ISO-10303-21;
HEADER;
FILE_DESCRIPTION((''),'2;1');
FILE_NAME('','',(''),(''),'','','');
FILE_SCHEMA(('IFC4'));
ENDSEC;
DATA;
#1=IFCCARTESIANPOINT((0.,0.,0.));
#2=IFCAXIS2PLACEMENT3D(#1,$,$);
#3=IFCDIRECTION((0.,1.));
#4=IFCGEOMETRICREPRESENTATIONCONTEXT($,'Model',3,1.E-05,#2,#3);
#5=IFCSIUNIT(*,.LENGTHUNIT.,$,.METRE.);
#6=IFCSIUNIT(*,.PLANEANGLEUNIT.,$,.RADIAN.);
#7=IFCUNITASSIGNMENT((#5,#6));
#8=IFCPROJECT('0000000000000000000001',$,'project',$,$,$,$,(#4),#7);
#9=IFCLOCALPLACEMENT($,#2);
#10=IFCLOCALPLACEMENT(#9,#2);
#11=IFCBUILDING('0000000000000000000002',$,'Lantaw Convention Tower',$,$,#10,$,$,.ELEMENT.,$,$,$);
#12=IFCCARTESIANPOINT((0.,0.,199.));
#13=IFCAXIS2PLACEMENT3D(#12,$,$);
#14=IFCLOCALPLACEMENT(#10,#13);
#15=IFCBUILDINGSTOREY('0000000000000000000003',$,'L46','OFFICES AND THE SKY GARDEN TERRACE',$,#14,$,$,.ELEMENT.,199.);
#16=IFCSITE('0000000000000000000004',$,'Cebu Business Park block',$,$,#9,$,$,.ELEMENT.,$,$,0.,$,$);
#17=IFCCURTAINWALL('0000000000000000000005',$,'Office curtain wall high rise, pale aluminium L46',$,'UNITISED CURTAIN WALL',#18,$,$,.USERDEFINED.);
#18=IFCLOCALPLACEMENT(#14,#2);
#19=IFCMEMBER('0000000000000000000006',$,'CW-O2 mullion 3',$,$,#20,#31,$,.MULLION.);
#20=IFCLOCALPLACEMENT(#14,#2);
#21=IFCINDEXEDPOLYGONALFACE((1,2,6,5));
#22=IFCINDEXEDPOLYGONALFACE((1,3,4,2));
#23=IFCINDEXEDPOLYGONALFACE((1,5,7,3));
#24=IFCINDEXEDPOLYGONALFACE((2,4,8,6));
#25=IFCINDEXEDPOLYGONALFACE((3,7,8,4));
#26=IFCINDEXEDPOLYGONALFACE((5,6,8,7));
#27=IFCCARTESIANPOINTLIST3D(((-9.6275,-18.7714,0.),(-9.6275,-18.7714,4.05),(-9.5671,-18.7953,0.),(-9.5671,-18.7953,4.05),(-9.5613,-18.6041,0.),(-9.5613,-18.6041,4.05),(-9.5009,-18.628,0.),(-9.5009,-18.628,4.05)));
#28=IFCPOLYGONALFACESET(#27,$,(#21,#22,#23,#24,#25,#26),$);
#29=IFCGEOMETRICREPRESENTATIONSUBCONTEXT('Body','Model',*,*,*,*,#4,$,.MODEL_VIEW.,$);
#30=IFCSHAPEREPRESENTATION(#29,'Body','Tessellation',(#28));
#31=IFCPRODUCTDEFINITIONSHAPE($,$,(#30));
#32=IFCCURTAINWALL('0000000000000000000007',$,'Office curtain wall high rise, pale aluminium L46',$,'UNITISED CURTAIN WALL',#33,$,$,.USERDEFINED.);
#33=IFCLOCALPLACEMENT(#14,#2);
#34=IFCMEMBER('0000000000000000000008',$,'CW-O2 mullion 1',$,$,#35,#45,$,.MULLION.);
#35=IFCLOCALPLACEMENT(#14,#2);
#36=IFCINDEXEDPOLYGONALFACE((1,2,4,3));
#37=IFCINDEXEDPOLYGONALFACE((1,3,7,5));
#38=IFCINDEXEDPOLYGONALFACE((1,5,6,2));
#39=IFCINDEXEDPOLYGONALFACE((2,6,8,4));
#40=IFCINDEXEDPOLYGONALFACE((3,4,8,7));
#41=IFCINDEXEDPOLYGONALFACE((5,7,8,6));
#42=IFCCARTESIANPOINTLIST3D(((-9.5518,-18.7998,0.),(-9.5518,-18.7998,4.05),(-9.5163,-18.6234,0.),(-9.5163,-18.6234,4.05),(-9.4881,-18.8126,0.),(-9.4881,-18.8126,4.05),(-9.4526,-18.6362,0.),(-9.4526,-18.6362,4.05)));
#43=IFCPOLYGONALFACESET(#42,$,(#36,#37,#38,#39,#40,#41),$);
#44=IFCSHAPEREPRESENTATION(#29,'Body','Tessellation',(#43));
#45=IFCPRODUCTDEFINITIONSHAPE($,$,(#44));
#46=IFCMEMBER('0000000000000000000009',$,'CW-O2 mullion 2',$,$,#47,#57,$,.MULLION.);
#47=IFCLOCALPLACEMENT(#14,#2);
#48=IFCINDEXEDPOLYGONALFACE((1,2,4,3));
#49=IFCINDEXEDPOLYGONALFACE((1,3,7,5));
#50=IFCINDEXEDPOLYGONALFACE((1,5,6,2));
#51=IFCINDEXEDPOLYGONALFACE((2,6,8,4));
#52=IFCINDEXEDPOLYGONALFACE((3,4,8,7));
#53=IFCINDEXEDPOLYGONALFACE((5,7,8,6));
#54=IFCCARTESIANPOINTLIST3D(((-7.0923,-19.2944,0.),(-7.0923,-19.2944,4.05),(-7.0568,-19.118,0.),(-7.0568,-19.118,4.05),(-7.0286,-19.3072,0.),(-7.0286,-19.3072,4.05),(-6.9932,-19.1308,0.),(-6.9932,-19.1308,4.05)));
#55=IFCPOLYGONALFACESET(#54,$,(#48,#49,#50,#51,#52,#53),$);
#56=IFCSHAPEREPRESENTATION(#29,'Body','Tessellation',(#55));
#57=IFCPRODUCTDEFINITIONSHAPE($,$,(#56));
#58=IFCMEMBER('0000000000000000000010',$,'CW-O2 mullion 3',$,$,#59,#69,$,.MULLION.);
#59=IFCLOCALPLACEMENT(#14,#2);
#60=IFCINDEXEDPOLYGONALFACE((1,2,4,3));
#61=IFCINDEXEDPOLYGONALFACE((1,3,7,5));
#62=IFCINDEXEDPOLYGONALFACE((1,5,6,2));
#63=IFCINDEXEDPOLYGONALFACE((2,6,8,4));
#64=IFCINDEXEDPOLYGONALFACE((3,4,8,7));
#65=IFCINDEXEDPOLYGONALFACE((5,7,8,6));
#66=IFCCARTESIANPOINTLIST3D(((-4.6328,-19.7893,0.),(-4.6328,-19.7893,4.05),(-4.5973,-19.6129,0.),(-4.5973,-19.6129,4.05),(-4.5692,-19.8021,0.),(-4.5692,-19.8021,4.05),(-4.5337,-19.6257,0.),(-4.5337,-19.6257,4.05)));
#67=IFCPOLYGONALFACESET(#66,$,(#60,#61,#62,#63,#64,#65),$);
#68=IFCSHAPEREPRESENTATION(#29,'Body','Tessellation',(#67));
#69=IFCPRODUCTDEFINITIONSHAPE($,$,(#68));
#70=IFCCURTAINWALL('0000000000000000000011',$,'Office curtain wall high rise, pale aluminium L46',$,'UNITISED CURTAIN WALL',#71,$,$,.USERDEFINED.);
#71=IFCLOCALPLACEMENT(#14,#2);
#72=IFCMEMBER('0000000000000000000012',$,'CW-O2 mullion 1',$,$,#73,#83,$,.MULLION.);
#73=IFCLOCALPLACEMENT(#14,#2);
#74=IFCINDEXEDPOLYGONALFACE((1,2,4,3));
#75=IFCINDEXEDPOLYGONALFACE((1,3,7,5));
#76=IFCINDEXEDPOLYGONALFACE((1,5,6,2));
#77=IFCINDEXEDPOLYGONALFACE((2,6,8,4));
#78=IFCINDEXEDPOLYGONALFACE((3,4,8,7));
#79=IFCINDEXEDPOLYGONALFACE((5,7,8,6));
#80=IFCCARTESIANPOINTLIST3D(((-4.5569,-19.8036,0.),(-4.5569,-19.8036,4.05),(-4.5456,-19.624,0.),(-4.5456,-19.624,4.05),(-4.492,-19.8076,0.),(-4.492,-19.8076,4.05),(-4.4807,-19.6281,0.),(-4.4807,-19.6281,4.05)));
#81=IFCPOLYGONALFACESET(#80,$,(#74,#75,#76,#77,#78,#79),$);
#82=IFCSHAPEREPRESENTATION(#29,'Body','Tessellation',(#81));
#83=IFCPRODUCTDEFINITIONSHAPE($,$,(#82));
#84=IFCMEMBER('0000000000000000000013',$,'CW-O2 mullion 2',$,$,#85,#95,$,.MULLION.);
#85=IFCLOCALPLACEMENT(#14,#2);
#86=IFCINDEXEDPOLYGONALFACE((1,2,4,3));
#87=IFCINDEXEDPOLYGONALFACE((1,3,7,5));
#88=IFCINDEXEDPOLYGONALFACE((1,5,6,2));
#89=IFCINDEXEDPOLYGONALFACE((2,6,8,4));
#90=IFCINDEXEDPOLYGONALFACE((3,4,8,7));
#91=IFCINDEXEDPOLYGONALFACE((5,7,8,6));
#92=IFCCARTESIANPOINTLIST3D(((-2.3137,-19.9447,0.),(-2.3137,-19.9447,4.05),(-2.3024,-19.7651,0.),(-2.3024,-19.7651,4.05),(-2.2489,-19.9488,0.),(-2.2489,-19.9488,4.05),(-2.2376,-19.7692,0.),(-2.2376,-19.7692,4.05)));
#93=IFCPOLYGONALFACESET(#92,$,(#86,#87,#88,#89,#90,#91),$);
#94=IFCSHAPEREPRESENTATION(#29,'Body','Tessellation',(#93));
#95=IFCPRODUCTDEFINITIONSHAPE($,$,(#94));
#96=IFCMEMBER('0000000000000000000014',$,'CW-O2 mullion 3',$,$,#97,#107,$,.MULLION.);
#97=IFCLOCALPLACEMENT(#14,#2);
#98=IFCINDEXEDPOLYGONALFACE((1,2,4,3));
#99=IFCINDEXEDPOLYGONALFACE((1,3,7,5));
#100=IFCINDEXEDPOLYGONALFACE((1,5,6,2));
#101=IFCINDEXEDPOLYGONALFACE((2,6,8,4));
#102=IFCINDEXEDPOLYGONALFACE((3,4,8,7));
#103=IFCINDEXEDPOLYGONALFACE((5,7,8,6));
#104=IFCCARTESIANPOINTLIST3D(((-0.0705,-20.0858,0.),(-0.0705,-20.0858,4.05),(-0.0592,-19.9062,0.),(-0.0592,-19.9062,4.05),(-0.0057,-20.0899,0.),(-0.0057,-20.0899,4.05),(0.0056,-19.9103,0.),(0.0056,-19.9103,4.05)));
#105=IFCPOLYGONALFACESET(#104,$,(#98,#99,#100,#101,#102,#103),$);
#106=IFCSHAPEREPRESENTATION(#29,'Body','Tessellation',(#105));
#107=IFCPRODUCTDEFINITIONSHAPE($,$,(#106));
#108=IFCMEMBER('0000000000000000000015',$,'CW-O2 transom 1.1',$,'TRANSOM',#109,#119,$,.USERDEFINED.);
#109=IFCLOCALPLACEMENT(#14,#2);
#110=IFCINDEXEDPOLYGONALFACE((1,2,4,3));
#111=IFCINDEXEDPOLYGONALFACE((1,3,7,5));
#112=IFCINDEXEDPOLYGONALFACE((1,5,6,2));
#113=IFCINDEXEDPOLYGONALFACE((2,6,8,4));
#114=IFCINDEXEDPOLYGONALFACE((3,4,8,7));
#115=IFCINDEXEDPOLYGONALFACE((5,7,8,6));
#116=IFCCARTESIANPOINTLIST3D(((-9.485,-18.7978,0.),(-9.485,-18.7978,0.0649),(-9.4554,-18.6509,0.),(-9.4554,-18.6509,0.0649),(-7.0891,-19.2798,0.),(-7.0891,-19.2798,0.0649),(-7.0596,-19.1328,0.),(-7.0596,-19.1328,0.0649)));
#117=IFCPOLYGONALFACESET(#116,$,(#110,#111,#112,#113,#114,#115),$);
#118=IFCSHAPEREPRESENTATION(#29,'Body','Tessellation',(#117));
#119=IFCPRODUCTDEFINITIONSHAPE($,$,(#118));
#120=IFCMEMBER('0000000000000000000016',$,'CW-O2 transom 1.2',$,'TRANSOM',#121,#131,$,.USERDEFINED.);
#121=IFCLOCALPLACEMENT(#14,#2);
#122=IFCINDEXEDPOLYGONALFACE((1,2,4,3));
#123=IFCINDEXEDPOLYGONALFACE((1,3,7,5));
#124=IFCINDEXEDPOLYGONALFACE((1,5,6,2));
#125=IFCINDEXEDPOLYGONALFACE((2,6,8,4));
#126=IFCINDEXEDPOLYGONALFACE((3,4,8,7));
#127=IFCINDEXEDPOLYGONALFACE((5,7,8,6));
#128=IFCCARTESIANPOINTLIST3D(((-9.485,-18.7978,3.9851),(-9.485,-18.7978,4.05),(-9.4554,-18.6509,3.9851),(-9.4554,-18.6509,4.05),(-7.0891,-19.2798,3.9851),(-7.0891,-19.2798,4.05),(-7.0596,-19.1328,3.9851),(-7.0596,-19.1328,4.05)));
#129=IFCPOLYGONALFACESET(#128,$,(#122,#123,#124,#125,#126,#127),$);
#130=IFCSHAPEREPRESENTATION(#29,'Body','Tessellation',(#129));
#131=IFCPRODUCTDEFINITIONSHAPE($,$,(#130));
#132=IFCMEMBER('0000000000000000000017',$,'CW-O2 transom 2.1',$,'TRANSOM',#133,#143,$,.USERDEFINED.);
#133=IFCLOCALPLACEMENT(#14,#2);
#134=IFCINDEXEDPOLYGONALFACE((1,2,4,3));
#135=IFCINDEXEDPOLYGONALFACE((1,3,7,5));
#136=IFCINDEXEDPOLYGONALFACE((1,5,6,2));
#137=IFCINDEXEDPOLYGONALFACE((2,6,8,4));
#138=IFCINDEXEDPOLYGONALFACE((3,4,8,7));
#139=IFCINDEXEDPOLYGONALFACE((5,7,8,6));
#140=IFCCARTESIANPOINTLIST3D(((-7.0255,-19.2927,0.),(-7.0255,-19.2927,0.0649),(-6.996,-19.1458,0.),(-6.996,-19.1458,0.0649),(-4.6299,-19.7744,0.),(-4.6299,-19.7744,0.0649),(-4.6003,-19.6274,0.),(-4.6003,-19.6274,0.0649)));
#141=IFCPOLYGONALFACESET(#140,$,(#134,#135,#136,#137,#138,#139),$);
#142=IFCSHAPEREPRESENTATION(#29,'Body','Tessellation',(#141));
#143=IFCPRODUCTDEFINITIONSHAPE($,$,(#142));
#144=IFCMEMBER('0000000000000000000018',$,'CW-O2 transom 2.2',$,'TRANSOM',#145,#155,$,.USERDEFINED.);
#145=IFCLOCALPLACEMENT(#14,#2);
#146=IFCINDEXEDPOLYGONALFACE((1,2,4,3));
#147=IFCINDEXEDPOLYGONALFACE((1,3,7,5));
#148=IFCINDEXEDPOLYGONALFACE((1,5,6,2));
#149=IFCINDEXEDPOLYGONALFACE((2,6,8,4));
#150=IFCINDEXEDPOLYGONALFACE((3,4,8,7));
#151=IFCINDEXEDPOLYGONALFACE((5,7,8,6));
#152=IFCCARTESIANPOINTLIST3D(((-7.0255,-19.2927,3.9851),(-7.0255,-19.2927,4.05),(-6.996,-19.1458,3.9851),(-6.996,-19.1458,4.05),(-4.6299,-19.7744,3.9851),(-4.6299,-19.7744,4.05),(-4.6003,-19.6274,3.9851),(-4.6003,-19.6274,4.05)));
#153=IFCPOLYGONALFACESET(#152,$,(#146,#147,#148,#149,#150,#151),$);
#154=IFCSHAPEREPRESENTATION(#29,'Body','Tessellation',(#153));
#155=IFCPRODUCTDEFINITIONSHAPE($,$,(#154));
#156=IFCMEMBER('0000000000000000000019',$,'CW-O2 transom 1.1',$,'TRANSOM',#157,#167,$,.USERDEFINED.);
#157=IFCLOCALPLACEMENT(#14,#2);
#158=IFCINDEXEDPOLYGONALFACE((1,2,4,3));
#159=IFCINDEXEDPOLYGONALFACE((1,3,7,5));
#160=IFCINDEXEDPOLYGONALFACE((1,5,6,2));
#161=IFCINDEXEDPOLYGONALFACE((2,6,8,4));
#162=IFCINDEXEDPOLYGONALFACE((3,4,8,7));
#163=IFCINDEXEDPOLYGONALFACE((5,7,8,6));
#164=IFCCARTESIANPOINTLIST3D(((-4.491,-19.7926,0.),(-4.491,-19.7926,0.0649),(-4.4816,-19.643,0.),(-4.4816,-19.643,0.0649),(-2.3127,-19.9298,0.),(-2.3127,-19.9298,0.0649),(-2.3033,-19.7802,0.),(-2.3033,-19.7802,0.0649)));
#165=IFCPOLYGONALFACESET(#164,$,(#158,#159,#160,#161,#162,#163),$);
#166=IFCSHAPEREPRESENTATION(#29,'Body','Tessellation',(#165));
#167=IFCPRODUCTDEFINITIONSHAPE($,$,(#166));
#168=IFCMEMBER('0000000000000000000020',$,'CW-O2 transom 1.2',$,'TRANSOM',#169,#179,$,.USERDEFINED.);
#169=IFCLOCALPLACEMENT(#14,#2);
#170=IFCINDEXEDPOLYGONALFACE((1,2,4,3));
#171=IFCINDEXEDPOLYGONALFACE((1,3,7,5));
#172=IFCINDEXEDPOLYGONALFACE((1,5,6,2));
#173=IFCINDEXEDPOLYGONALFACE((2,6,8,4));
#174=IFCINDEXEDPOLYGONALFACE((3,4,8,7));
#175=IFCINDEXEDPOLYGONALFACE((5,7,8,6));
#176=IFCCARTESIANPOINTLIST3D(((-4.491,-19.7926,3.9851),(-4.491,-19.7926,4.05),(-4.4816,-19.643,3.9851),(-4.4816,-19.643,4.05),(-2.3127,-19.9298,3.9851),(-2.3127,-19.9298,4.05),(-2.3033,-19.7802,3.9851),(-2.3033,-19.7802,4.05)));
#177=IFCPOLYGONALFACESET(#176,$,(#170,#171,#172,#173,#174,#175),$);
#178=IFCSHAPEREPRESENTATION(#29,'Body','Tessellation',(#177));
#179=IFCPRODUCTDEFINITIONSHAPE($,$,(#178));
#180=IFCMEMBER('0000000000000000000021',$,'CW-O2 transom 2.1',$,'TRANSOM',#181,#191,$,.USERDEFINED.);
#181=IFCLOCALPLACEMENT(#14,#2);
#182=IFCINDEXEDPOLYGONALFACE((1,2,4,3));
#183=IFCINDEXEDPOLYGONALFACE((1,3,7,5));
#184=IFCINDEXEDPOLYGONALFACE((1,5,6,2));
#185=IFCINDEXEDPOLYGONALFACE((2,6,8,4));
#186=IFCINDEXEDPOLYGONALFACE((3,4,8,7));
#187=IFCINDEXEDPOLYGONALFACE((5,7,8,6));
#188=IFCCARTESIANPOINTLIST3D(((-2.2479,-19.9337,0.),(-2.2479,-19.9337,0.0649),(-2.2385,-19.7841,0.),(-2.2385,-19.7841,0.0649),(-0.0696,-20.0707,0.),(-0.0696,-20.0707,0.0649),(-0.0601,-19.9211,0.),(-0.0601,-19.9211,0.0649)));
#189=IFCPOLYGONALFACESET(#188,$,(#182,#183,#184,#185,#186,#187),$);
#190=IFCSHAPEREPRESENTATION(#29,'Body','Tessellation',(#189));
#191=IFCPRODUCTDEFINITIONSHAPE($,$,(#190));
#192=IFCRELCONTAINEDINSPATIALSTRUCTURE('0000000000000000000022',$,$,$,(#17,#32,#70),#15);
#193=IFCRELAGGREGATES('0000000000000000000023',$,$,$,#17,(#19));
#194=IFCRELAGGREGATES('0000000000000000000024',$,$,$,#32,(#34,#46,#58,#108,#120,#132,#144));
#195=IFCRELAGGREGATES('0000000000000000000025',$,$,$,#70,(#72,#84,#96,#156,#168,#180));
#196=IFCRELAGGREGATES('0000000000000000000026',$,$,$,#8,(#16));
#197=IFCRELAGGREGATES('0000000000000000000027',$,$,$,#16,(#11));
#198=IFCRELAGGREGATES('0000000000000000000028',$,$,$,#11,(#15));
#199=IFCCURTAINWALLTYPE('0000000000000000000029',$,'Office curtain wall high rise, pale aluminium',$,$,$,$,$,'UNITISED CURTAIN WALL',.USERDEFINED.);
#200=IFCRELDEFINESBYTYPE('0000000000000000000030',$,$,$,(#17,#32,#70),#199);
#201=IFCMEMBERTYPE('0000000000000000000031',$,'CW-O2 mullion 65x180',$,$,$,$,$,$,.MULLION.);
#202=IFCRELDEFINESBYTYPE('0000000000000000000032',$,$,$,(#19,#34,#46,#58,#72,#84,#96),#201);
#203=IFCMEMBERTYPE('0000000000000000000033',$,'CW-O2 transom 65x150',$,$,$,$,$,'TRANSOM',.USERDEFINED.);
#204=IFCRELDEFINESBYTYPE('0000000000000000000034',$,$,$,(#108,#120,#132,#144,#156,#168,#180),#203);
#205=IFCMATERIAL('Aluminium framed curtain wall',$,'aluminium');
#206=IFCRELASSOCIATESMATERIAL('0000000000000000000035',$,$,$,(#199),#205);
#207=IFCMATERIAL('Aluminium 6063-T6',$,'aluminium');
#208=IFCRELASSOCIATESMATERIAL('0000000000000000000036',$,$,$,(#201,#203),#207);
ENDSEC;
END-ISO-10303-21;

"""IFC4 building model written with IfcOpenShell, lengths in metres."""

from ifc_helpers import new_model, si_unit, direction, frame, origin, origin_2d, place, context, subcontext, project, spatial, rectangle, extrude, material, material_profile, profile_set, type_object, element, aggregate, save


model = new_model("IFC4")

# Units and contexts
model_context = context("Model", 3, precision=1e-05, world=origin(), true_north=direction((0.0, 1.0)))
body_context = subcontext(model_context, "Body", "Model", "MODEL_VIEW")
ifc_project = project(units=[si_unit("LENGTHUNIT", "METRE"), si_unit("PLANEANGLEUNIT", "RADIAN")], contexts=[model_context])

# Site, building, storey
site_placement = place(None, origin())
site = spatial("IfcSite", under=ifc_project, at=site_placement, Name="Cebu Business Park block", CompositionType="ELEMENT", RefElevation=0.0)
building_placement = place(site_placement, origin())
building = spatial("IfcBuilding", under=site, at=building_placement, Name="Lantaw Convention Tower", CompositionType="ELEMENT")
storey_placement = place(building_placement, frame((0.0, 0.0, 199.0)))
storey = spatial("IfcBuildingStorey", under=building, at=storey_placement, Name="L46", Description="OFFICES AND THE SKY GARDEN TERRACE", CompositionType="ELEMENT", Elevation=199.0)

# Curtain wall, member
ifc_material_1 = material(Name="Aluminium framed curtain wall", Category="aluminium")
curtain_wall_type = type_object("IfcCurtainWallType", Name="Office curtain wall high rise, pale aluminium", ElementType="UNITISED CURTAIN WALL", PredefinedType="USERDEFINED", material=ifc_material_1)
curtain_wall_1_placement = place(storey_placement, origin())
curtain_wall_1 = element("IfcCurtainWall", 1, at=curtain_wall_1_placement, inside=storey, type_object=curtain_wall_type, Name="Office curtain wall high rise, pale aluminium L46", ObjectType="UNITISED CURTAIN WALL", PredefinedType="USERDEFINED")
ifc_material_2 = material(Name="Aluminium 6063-T6", Category="aluminium")
ifc_material_profile_1 = material_profile(ifc_material_2, rectangle(XDim=0.1799, YDim=0.0649, at=origin_2d()), Name="CW-O2 mullion 65x180")
ifc_profile_set_1 = profile_set([ifc_material_profile_1], Name="Aluminium 6063-T6")
member_type_1 = type_object("IfcMemberType", Name="CW-O2 mullion 65x180", PredefinedType="MULLION", material=ifc_profile_set_1)
member_1_placement = place(storey_placement, frame((-9.5642, -18.6997, 0.0), z_axis=(0.0, 0.0, 1.0), x_axis=(0.368162, 0.929762, 0.0)))
member_1 = element("IfcMember", 2, at=member_1_placement, type_object=member_type_1, Name="CW-O2 mullion 3", PredefinedType="MULLION", context=body_context, shape_type="SweptSolid", body=[
    extrude(rectangle(XDim=0.1799, YDim=0.0649, at=origin_2d()), origin(), (0.0, 0.0, 1.0), 4.05),
])

# Curtain walls, members
curtain_wall_2_placement = place(storey_placement, origin())
curtain_wall_2 = element("IfcCurtainWall", 3, at=curtain_wall_2_placement, inside=storey, type_object=curtain_wall_type, Name="Office curtain wall high rise, pale aluminium L46", ObjectType="UNITISED CURTAIN WALL", PredefinedType="USERDEFINED")
member_2_placement = place(storey_placement, frame((-9.5022, -18.718, 0.0), z_axis=(0.0, 0.0, 1.0), x_axis=(0.197183, 0.980367, 0.0)))
member_2 = element("IfcMember", 4, at=member_2_placement, type_object=member_type_1, Name="CW-O2 mullion 1", PredefinedType="MULLION", context=body_context, shape_type="SweptSolid", body=[
    extrude(rectangle(XDim=0.1799, YDim=0.0649, at=origin_2d()), origin(), (0.0, 0.0, 1.0), 4.05),
])
member_3_placement = place(storey_placement, frame((-7.0427, -19.2126, 0.0), z_axis=(0.0, 0.0, 1.0), x_axis=(0.197183, 0.980367, 0.0)))
member_3 = element("IfcMember", 5, at=member_3_placement, type_object=member_type_1, Name="CW-O2 mullion 2", PredefinedType="MULLION", context=body_context, shape_type="SweptSolid", body=[
    extrude(rectangle(XDim=0.1799, YDim=0.0649, at=origin_2d()), origin(), (0.0, 0.0, 1.0), 4.05),
])
member_4_placement = place(storey_placement, frame((-4.5833, -19.7075, 0.0), z_axis=(0.0, 0.0, 1.0), x_axis=(0.197183, 0.980367, 0.0)))
member_4 = element("IfcMember", 6, at=member_4_placement, type_object=member_type_1, Name="CW-O2 mullion 3", PredefinedType="MULLION", context=body_context, shape_type="SweptSolid", body=[
    extrude(rectangle(XDim=0.1799, YDim=0.0649, at=origin_2d()), origin(), (0.0, 0.0, 1.0), 4.05),
])
curtain_wall_3_placement = place(storey_placement, origin())
curtain_wall_3 = element("IfcCurtainWall", 7, at=curtain_wall_3_placement, inside=storey, type_object=curtain_wall_type, Name="Office curtain wall high rise, pale aluminium L46", ObjectType="UNITISED CURTAIN WALL", PredefinedType="USERDEFINED")
member_5_placement = place(storey_placement, frame((-4.5188, -19.7158, 0.0), z_axis=(0.0, 0.0, 1.0), x_axis=(0.062758, 0.998029, 0.0)))
member_5 = element("IfcMember", 8, at=member_5_placement, type_object=member_type_1, Name="CW-O2 mullion 1", PredefinedType="MULLION", context=body_context, shape_type="SweptSolid", body=[
    extrude(rectangle(XDim=0.1799, YDim=0.0649, at=origin_2d()), origin(), (0.0, 0.0, 1.0), 4.05),
])
member_6_placement = place(storey_placement, frame((-2.2756, -19.8569, 0.0), z_axis=(0.0, 0.0, 1.0), x_axis=(0.062758, 0.998029, 0.0)))
member_6 = element("IfcMember", 9, at=member_6_placement, type_object=member_type_1, Name="CW-O2 mullion 2", PredefinedType="MULLION", context=body_context, shape_type="SweptSolid", body=[
    extrude(rectangle(XDim=0.1799, YDim=0.0649, at=origin_2d()), origin(), (0.0, 0.0, 1.0), 4.05),
])
member_7_placement = place(storey_placement, frame((-0.0325, -19.998, 0.0), z_axis=(0.0, 0.0, 1.0), x_axis=(0.062758, 0.998029, 0.0)))
member_7 = element("IfcMember", 10, at=member_7_placement, type_object=member_type_1, Name="CW-O2 mullion 3", PredefinedType="MULLION", context=body_context, shape_type="SweptSolid", body=[
    extrude(rectangle(XDim=0.1799, YDim=0.0649, at=origin_2d()), origin(), (0.0, 0.0, 1.0), 4.05),
])

# Members
ifc_material_profile_2 = material_profile(ifc_material_2, rectangle(XDim=0.1499, YDim=0.0649, at=origin_2d()), Name="CW-O2 transom 65x150")
ifc_profile_set_2 = profile_set([ifc_material_profile_2], Name="Aluminium 6063-T6")
member_type_2 = type_object("IfcMemberType", Name="CW-O2 transom 65x150", ElementType="TRANSOM", PredefinedType="USERDEFINED", material=ifc_profile_set_2)
member_8_placement = place(storey_placement, frame((-9.4702, -18.7244, 0.0325), z_axis=(0.980361, -0.197211, 0.0), x_axis=(0.197211, 0.980361, 0.0)))
member_8 = element("IfcMember", 11, at=member_8_placement, type_object=member_type_2, Name="CW-O2 transom 1.1", ObjectType="TRANSOM", PredefinedType="USERDEFINED", context=body_context, shape_type="SweptSolid", body=[
    extrude(rectangle(XDim=0.1499, YDim=0.0649, at=origin_2d()), origin(), (0.0, 0.0, 1.0), 2.4438),
])
member_9_placement = place(storey_placement, frame((-9.4702, -18.7244, 4.0176), z_axis=(0.980361, -0.197211, 0.0), x_axis=(0.197211, 0.980361, 0.0)))
member_9 = element("IfcMember", 12, at=member_9_placement, type_object=member_type_2, Name="CW-O2 transom 1.2", ObjectType="TRANSOM", PredefinedType="USERDEFINED", context=body_context, shape_type="SweptSolid", body=[
    extrude(rectangle(XDim=0.1499, YDim=0.0649, at=origin_2d()), origin(), (0.0, 0.0, 1.0), 2.4438),
])
member_10_placement = place(storey_placement, frame((-7.0107, -19.2192, 0.0325), z_axis=(0.98038, -0.197115, 0.0), x_axis=(0.197115, 0.98038, 0.0)))
member_10 = element("IfcMember", 13, at=member_10_placement, type_object=member_type_2, Name="CW-O2 transom 2.1", ObjectType="TRANSOM", PredefinedType="USERDEFINED", context=body_context, shape_type="SweptSolid", body=[
    extrude(rectangle(XDim=0.1499, YDim=0.0649, at=origin_2d()), origin(), (0.0, 0.0, 1.0), 2.4436),
])
member_11_placement = place(storey_placement, frame((-7.0107, -19.2192, 4.0176), z_axis=(0.98038, -0.197115, 0.0), x_axis=(0.197115, 0.98038, 0.0)))
member_11 = element("IfcMember", 14, at=member_11_placement, type_object=member_type_2, Name="CW-O2 transom 2.2", ObjectType="TRANSOM", PredefinedType="USERDEFINED", context=body_context, shape_type="SweptSolid", body=[
    extrude(rectangle(XDim=0.1499, YDim=0.0649, at=origin_2d()), origin(), (0.0, 0.0, 1.0), 2.4436),
])
member_12_placement = place(storey_placement, frame((-4.4863, -19.7178, 0.0325), z_axis=(0.998022, -0.062866, 0.0), x_axis=(0.062866, 0.998022, 0.0)))
member_12 = element("IfcMember", 15, at=member_12_placement, type_object=member_type_2, Name="CW-O2 transom 1.1", ObjectType="TRANSOM", PredefinedType="USERDEFINED", context=body_context, shape_type="SweptSolid", body=[
    extrude(rectangle(XDim=0.1499, YDim=0.0649, at=origin_2d()), origin(), (0.0, 0.0, 1.0), 2.1826),
])
member_13_placement = place(storey_placement, frame((-4.4863, -19.7178, 4.0176), z_axis=(0.998022, -0.062866, 0.0), x_axis=(0.062866, 0.998022, 0.0)))
member_13 = element("IfcMember", 16, at=member_13_placement, type_object=member_type_2, Name="CW-O2 transom 1.2", ObjectType="TRANSOM", PredefinedType="USERDEFINED", context=body_context, shape_type="SweptSolid", body=[
    extrude(rectangle(XDim=0.1499, YDim=0.0649, at=origin_2d()), origin(), (0.0, 0.0, 1.0), 2.1826),
])
member_14_placement = place(storey_placement, frame((-2.2432, -19.8589, 0.0325), z_axis=(0.998029, -0.062754, 0.0), x_axis=(0.062754, 0.998029, 0.0)))
member_14 = element("IfcMember", 17, at=member_14_placement, type_object=member_type_2, Name="CW-O2 transom 2.1", ObjectType="TRANSOM", PredefinedType="USERDEFINED", context=body_context, shape_type="SweptSolid", body=[
    extrude(rectangle(XDim=0.1499, YDim=0.0649, at=origin_2d()), origin(), (0.0, 0.0, 1.0), 2.1826),
])

aggregate(curtain_wall_1, [member_1])
aggregate(curtain_wall_2, [member_2, member_3, member_4, member_8, member_9, member_10, member_11])
aggregate(curtain_wall_3, [member_5, member_6, member_7, member_12, member_13, member_14])

save(model, "model.ifc")
